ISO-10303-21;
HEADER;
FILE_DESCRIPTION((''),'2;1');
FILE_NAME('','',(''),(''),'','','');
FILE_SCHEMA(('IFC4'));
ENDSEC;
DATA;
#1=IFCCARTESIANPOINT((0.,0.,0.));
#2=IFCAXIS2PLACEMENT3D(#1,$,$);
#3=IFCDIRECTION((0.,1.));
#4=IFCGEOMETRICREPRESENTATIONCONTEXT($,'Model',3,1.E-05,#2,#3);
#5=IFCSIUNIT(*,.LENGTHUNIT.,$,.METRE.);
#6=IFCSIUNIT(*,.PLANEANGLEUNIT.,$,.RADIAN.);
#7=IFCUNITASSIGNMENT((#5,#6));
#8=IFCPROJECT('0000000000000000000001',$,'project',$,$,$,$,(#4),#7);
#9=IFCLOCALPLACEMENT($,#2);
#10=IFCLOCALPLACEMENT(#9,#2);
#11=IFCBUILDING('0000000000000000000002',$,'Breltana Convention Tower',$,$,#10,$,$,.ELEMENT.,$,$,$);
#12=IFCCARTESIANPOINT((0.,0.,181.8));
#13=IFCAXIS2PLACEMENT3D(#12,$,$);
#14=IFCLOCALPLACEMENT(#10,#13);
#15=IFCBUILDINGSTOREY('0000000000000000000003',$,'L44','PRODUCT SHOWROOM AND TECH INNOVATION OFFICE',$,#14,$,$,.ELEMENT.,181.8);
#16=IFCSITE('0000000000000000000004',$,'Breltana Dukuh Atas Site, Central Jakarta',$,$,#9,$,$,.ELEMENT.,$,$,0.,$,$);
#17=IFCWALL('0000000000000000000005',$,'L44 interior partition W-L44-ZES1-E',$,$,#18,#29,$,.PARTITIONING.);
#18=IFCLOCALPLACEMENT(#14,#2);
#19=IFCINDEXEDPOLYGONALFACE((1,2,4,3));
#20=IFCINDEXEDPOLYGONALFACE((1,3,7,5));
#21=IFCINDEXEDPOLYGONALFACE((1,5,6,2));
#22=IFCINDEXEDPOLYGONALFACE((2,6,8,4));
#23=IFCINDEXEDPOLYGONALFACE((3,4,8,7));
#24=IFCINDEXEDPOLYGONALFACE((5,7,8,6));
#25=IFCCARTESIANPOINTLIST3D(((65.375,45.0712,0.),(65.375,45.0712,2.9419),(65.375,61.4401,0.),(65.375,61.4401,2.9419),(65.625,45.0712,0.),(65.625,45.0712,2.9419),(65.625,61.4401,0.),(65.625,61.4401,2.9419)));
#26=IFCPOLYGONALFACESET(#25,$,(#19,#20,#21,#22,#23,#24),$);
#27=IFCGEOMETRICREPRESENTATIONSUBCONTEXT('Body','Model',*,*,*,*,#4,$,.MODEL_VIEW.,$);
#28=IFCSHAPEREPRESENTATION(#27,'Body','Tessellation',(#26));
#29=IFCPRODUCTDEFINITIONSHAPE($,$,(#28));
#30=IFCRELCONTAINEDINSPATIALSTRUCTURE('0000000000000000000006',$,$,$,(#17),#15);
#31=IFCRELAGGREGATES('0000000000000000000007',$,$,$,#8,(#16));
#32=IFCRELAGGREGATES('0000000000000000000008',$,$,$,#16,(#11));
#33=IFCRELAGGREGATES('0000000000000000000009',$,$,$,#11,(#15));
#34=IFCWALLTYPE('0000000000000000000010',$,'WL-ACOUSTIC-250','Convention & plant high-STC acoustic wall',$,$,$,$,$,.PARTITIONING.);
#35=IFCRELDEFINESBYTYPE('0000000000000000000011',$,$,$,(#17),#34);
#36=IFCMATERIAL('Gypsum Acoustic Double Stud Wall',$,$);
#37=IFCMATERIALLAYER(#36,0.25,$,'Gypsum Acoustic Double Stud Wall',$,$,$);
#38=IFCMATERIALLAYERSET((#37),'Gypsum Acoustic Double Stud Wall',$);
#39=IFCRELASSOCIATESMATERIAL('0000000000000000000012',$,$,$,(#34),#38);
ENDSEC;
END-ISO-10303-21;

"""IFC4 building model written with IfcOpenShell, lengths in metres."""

from ifc_helpers import new_model, si_unit, direction, frame, frame_2d, origin, place, context, subcontext, project, spatial, rectangle, extrude, source, transform, mapped, material, layer, layer_set, type_object, element, save


model = new_model("IFC4")

# Units and contexts
model_context = context("Model", 3, precision=1e-05, world=origin(), true_north=direction((0.0, 1.0)))
body_context = subcontext(model_context, "Body", "Model", "MODEL_VIEW")
ifc_project = project(units=[si_unit("LENGTHUNIT", "METRE"), si_unit("PLANEANGLEUNIT", "RADIAN")], contexts=[model_context])

# Site, building, storey
site_placement = place(None, origin())
site = spatial("IfcSite", under=ifc_project, at=site_placement, Name="Breltana Dukuh Atas Site, Central Jakarta", CompositionType="ELEMENT", RefElevation=0.0)
building_placement = place(site_placement, origin())
building = spatial("IfcBuilding", under=site, at=building_placement, Name="Breltana Convention Tower", CompositionType="ELEMENT")
storey_placement = place(building_placement, frame((0.0, 0.0, 181.8)))
storey = spatial("IfcBuildingStorey", under=building, at=storey_placement, Name="L44", Description="PRODUCT SHOWROOM AND TECH INNOVATION OFFICE", CompositionType="ELEMENT", Elevation=181.8)

# Wall
ifc_material_1 = material(Name="Gypsum Acoustic Double Stud Wall")
ifc_layer_1 = layer(ifc_material_1, 0.25, Name="Gypsum Acoustic Double Stud Wall")
ifc_layer_set_1 = layer_set([ifc_layer_1], Name="Gypsum Acoustic Double Stud Wall")
wall_type_1 = type_object("IfcWallType", Name="WL-ACOUSTIC-250", Description="Convention & plant high-STC acoustic wall", PredefinedType="PARTITIONING", material=ifc_layer_set_1)
shared_shape_1 = source(origin(), body_context, "Body", "SweptSolid", [
    extrude(rectangle(XDim=16.3689, YDim=0.25, at=frame_2d((8.1846, 0.0))), origin(), (0.0, 0.0, 1.0), 2.9419),
])
wall_1_placement = place(storey_placement, frame((65.5, 45.071, 0.0), z_axis=(0.0, 0.0, 1.0), x_axis=(0.0, 1.0, 0.0)))
element("IfcWall", 1, at=wall_1_placement, inside=storey, type_object=wall_type_1, Name="L44 interior partition W-L44-ZES1-E", PredefinedType="PARTITIONING", context=body_context, shape_type="MappedRepresentation", body=[
    mapped(shared_shape_1, transform((0.0, 0.0, 0.0), scale=1.0)),
])

save(model, "model.ifc")
